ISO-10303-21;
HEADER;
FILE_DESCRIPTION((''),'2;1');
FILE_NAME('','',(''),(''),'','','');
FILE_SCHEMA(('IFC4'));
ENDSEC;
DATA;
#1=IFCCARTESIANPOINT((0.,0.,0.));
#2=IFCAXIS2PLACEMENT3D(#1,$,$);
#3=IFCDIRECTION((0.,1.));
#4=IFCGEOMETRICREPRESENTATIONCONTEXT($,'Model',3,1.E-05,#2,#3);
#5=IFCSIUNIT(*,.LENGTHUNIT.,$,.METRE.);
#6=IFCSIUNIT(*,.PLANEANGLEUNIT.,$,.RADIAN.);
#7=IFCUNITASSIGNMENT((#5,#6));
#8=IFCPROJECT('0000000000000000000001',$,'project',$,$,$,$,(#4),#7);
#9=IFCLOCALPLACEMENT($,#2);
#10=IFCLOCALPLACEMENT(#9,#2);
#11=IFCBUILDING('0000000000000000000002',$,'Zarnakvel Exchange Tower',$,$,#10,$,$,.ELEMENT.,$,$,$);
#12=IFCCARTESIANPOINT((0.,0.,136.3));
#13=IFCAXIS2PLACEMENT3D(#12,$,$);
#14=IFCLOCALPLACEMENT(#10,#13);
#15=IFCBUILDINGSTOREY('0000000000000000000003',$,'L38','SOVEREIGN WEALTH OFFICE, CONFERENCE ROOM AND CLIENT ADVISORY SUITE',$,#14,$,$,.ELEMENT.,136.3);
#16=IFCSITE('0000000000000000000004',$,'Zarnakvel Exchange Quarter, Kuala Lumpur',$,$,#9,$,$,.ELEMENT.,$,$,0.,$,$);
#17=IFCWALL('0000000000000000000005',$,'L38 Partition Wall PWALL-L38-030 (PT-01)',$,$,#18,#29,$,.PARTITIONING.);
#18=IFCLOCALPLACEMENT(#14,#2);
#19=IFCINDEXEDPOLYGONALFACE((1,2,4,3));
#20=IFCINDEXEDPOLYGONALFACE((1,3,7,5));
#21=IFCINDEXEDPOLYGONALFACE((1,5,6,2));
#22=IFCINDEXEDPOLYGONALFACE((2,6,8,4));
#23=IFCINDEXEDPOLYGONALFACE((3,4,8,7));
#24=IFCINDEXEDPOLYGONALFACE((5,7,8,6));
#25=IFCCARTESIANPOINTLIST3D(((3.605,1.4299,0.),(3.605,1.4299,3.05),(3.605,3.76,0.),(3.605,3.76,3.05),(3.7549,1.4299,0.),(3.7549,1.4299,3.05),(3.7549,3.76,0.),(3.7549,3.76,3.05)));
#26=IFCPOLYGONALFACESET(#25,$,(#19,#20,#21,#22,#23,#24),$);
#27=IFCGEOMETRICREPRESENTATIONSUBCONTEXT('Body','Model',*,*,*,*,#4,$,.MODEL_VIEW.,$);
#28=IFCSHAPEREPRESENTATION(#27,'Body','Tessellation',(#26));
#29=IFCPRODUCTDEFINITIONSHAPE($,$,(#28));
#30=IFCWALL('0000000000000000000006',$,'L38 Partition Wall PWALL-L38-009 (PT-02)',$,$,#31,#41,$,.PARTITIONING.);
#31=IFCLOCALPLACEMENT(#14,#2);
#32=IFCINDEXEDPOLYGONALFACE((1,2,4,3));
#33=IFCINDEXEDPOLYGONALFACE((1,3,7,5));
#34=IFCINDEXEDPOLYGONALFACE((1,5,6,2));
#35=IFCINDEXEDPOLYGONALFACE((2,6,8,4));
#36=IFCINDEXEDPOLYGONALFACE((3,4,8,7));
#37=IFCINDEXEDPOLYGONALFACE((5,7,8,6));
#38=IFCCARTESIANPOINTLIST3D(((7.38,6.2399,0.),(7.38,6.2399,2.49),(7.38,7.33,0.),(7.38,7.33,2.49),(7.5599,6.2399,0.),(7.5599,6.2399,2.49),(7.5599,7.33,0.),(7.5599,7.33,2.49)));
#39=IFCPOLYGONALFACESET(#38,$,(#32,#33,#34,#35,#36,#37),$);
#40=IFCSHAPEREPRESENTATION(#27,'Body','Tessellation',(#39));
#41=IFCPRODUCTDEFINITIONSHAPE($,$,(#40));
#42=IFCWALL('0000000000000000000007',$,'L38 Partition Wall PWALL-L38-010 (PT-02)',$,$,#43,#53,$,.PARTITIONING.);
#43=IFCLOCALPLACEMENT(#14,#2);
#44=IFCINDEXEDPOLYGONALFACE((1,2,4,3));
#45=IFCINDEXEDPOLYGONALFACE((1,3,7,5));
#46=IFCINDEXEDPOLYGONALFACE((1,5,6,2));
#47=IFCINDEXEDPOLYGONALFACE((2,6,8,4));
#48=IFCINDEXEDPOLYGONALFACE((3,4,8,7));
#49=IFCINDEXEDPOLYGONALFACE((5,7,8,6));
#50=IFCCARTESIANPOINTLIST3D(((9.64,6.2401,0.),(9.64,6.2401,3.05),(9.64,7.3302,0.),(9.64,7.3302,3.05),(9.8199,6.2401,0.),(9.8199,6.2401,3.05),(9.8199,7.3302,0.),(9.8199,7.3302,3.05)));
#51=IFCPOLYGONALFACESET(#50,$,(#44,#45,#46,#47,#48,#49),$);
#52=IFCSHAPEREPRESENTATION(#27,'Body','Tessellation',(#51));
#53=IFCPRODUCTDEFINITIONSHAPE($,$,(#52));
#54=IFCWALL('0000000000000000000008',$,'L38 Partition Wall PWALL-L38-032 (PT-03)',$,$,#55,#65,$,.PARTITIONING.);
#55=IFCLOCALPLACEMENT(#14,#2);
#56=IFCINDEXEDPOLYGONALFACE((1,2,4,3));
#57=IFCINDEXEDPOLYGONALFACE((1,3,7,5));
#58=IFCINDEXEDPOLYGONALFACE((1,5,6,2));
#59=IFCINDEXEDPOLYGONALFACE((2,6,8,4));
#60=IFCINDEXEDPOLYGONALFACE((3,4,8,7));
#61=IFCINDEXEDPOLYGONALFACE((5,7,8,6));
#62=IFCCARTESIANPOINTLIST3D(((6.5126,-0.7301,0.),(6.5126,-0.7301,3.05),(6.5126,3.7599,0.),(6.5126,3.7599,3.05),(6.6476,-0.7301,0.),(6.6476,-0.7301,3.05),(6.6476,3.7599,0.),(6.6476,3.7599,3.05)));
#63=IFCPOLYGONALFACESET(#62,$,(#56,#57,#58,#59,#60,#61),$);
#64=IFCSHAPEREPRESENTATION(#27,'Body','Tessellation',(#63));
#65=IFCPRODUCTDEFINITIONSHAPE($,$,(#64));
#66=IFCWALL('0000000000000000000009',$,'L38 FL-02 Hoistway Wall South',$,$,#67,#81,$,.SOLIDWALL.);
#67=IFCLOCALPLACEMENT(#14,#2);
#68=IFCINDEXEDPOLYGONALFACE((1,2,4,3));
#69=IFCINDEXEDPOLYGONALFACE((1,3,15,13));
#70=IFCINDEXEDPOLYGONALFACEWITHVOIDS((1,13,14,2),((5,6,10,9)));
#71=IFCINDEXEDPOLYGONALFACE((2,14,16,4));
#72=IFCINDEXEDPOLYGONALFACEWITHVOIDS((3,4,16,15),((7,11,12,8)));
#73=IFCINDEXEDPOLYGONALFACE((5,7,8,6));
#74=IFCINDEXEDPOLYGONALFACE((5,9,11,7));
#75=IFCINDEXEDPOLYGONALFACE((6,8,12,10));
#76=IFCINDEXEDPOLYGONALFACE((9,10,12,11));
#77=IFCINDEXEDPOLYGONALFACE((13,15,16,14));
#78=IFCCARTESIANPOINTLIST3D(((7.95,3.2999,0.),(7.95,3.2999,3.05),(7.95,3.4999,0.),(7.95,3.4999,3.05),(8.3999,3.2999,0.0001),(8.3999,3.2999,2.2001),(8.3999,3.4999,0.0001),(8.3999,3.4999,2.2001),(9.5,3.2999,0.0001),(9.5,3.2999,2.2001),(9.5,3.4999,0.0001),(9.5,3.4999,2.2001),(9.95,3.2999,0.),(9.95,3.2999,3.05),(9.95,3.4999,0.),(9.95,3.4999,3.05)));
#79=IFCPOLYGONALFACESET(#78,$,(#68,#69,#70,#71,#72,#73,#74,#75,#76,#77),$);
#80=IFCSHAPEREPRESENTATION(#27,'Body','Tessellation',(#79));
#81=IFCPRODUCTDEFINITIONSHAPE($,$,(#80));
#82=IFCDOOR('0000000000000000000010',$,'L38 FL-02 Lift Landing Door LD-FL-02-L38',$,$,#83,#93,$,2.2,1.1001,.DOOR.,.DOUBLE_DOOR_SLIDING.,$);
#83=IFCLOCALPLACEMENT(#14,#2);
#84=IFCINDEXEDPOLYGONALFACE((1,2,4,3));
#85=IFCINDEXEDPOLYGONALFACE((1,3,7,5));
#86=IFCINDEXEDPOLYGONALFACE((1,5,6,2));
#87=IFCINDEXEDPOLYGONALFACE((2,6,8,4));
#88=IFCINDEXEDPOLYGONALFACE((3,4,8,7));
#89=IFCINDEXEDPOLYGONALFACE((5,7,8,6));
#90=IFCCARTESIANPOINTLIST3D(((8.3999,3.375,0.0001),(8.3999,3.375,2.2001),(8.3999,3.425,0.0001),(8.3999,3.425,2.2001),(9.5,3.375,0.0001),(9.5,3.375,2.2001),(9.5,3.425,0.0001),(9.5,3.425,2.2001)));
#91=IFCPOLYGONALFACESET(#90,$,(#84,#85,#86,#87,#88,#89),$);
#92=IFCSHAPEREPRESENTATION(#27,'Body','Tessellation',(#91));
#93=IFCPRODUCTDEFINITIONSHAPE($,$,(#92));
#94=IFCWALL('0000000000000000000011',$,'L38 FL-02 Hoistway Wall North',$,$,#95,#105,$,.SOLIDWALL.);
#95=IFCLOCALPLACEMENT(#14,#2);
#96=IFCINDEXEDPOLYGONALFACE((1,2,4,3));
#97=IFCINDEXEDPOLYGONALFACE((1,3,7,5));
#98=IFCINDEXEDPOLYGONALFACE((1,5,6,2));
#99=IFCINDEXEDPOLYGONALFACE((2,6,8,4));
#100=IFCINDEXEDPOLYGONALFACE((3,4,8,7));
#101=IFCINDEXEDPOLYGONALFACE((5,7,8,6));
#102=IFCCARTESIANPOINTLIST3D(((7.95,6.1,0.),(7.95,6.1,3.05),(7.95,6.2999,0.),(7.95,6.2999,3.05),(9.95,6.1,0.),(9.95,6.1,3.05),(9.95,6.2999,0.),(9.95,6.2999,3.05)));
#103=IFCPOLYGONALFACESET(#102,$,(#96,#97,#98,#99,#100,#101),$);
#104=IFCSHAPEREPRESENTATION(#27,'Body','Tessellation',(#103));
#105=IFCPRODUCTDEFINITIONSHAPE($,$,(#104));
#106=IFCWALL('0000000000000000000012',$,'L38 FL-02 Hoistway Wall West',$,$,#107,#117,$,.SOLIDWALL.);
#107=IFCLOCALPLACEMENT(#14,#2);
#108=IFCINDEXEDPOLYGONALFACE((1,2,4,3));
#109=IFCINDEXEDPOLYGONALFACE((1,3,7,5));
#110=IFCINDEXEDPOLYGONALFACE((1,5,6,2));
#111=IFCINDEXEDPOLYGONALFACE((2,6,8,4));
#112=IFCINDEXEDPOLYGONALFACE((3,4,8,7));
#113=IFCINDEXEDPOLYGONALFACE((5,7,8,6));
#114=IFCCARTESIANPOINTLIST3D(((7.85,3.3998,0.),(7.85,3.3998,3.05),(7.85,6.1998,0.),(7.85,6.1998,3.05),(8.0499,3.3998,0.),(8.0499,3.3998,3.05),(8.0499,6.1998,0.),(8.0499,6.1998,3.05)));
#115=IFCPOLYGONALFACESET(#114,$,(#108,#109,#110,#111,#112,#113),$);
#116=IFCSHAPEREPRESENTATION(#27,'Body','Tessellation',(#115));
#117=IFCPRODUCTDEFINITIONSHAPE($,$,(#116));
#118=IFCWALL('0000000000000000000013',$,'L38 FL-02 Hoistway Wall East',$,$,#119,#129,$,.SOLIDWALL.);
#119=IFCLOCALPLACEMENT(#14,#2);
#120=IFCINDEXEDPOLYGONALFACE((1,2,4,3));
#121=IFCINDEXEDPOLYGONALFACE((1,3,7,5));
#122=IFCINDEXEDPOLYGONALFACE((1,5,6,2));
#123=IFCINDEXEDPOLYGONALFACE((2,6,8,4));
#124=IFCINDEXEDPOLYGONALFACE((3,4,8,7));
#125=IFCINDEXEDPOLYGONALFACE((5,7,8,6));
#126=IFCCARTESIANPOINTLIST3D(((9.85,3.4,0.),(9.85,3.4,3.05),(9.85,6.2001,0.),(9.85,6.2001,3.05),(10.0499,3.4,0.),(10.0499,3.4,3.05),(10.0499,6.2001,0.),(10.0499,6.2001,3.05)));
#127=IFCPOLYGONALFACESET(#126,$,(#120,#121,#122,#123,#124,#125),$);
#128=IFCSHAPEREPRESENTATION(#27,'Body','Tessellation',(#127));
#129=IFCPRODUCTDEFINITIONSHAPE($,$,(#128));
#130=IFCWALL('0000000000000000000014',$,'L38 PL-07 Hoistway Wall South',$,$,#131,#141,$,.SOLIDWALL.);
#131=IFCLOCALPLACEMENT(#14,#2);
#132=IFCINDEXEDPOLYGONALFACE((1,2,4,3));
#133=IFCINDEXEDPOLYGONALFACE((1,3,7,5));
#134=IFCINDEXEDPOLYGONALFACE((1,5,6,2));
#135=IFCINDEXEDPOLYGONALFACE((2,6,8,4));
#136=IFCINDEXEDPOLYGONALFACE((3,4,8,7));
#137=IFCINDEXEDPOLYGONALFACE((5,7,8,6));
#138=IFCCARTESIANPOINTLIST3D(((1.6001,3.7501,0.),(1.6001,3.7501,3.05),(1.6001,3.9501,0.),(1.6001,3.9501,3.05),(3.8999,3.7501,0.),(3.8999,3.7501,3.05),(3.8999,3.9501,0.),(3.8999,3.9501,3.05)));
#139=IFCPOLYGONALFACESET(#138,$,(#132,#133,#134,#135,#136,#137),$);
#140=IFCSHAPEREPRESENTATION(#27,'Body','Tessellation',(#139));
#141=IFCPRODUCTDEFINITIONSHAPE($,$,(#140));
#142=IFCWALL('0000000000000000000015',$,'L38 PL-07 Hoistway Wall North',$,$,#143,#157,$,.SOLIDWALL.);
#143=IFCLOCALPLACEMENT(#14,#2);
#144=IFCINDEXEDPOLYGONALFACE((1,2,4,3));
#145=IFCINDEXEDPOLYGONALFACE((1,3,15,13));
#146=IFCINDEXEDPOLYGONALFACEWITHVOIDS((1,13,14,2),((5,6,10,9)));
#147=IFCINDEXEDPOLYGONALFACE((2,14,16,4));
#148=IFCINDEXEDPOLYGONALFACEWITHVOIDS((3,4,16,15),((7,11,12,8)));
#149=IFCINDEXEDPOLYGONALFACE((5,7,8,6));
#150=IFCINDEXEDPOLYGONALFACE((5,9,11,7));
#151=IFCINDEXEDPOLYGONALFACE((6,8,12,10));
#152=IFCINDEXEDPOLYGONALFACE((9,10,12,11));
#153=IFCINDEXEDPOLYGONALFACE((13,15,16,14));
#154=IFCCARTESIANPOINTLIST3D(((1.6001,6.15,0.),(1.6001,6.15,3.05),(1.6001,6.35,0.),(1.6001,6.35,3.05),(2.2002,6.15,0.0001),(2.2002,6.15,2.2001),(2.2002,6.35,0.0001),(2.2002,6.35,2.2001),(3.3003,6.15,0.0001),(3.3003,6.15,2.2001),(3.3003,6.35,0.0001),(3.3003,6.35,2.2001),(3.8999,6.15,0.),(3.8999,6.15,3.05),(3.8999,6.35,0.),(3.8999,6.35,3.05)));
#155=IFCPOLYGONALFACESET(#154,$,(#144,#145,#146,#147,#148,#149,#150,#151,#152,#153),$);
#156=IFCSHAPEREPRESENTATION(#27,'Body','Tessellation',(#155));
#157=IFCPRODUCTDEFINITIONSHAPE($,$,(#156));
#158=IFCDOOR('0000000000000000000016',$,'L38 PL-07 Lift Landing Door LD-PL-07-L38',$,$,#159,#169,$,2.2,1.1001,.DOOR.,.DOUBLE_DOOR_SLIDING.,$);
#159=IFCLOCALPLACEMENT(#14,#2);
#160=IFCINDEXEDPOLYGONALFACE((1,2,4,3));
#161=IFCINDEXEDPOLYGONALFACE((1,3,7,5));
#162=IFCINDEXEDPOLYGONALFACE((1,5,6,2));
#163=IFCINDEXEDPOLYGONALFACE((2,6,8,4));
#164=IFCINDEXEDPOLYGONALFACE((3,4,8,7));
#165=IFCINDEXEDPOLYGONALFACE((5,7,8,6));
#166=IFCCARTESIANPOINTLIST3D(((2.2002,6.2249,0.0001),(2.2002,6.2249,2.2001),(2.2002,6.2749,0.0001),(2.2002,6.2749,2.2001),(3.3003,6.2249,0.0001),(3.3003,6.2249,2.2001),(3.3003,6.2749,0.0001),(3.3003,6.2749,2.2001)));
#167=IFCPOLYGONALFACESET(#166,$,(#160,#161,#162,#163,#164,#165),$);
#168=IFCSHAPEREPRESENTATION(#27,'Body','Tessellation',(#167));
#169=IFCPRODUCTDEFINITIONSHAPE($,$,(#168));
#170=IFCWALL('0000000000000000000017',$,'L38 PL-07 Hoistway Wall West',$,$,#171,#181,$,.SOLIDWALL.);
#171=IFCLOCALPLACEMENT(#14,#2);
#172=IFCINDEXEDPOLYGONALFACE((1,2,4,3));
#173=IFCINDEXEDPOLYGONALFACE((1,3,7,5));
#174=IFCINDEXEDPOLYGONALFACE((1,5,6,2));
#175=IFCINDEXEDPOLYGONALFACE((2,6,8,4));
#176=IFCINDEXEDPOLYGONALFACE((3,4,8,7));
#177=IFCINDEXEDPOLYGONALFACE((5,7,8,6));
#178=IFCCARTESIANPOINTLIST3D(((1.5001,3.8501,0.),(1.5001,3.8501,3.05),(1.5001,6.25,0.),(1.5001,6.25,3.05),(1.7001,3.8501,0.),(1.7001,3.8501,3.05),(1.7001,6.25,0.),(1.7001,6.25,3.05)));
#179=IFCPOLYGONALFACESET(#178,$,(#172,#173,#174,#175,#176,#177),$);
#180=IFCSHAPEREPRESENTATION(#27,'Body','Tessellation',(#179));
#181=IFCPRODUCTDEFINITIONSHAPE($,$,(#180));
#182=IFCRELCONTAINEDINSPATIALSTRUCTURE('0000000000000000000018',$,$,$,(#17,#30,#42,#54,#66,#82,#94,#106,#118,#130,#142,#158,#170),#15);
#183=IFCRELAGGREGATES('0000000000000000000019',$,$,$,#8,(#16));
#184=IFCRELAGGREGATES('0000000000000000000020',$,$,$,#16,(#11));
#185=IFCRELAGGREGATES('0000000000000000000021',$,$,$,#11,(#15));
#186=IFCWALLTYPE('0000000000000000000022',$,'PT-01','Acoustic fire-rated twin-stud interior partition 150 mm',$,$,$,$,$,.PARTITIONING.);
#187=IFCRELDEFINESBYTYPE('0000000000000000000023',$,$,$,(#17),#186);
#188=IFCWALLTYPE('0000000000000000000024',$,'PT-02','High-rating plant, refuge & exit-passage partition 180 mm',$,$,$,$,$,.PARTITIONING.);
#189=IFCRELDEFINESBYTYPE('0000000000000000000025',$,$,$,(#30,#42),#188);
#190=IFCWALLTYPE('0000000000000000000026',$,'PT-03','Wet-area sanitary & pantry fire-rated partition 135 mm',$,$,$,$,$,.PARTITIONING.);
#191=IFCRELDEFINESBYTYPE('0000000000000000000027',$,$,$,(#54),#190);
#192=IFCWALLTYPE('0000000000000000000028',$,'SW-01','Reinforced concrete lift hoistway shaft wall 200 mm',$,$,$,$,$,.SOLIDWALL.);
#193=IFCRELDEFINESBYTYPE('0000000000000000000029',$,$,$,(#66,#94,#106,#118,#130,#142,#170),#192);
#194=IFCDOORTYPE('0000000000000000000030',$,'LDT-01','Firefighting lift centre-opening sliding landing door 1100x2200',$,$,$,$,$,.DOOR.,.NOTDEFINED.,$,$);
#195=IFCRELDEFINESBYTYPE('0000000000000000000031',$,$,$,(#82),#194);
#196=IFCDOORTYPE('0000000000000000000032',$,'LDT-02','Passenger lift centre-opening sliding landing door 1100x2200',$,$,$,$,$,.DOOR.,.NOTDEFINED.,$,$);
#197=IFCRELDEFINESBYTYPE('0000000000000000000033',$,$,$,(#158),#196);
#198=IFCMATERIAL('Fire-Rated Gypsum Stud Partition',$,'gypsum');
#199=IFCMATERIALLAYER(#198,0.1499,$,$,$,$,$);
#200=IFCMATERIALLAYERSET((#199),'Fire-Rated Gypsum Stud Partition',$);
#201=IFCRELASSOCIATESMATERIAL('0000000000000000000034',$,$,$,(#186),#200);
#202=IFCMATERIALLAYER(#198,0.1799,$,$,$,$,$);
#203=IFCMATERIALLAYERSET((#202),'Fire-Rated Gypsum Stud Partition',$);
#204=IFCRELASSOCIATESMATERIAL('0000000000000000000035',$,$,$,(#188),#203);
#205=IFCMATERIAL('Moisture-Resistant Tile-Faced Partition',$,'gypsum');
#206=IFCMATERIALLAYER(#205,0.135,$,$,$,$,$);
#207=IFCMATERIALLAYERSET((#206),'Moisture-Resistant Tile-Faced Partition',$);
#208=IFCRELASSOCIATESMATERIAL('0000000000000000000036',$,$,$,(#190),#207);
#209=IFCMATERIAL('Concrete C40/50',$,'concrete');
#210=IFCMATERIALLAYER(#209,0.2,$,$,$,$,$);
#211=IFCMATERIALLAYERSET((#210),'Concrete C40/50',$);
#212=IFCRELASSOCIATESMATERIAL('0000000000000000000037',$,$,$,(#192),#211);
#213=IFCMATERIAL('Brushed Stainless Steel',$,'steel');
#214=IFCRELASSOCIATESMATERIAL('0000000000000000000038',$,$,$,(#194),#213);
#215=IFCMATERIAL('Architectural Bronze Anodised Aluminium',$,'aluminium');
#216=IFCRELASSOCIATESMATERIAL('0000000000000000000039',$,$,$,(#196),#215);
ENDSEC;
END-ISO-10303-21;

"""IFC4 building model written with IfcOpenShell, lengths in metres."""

from ifc_helpers import new_model, si_unit, direction, frame, frame_2d, origin, place, context, subcontext, project, spatial, rectangle, extrude, source, transform, mapped, material, layer, layer_set, type_object, element, fill, save


model = new_model("IFC4")

# Units and contexts
model_context = context("Model", 3, precision=1e-05, world=origin(), true_north=direction((0.0, 1.0)))
body_context = subcontext(model_context, "Body", "Model", "MODEL_VIEW")
ifc_project = project(units=[si_unit("LENGTHUNIT", "METRE"), si_unit("PLANEANGLEUNIT", "RADIAN")], contexts=[model_context])

# Site, building, storey
site_placement = place(None, origin())
site = spatial("IfcSite", under=ifc_project, at=site_placement, Name="Zarnakvel Exchange Quarter, Kuala Lumpur", CompositionType="ELEMENT", RefElevation=0.0)
building_placement = place(site_placement, origin())
building = spatial("IfcBuilding", under=site, at=building_placement, Name="Zarnakvel Exchange Tower", CompositionType="ELEMENT")
storey_placement = place(building_placement, frame((0.0, 0.0, 136.3)))
storey = spatial("IfcBuildingStorey", under=building, at=storey_placement, Name="L38", Description="SOVEREIGN WEALTH OFFICE, CONFERENCE ROOM AND CLIENT ADVISORY SUITE", CompositionType="ELEMENT", Elevation=136.3)

# Walls
ifc_material_1 = material(Name="Fire-Rated Gypsum Stud Partition", Category="gypsum")
ifc_layer_1 = layer(ifc_material_1, 0.1499)
ifc_layer_set_1 = layer_set([ifc_layer_1], Name="Fire-Rated Gypsum Stud Partition")
wall_type_1 = type_object("IfcWallType", Name="PT-01", Description="Acoustic fire-rated twin-stud interior partition 150 mm", PredefinedType="PARTITIONING", material=ifc_layer_set_1)
wall_1_placement = place(storey_placement, frame((3.6799, 3.76, 0.0), z_axis=(0.0, 0.0, 1.0), x_axis=(0.0, -1.0, 0.0)))
element("IfcWall", 1, at=wall_1_placement, inside=storey, type_object=wall_type_1, Name="L38 Partition Wall PWALL-L38-030 (PT-01)", PredefinedType="PARTITIONING", context=body_context, shape_type="SweptSolid", body=[
    extrude(rectangle(XDim=2.3301, YDim=0.1499, at=frame_2d((1.165, 0.0))), origin(), (0.0, 0.0, 1.0), 3.05),
])
ifc_layer_2 = layer(ifc_material_1, 0.1799)
ifc_layer_set_2 = layer_set([ifc_layer_2], Name="Fire-Rated Gypsum Stud Partition")
wall_type_2 = type_object("IfcWallType", Name="PT-02", Description="High-rating plant, refuge & exit-passage partition 180 mm", PredefinedType="PARTITIONING", material=ifc_layer_set_2)
wall_2_placement = place(storey_placement, frame((7.47, 6.24, 0.0), z_axis=(0.0, 0.0, 1.0), x_axis=(0.0, 1.0, 0.0)))
element("IfcWall", 2, at=wall_2_placement, inside=storey, type_object=wall_type_2, Name="L38 Partition Wall PWALL-L38-009 (PT-02)", PredefinedType="PARTITIONING", context=body_context, shape_type="SweptSolid", body=[
    extrude(rectangle(XDim=1.0901, YDim=0.1799, at=frame_2d((0.5449, 0.0))), origin(), (0.0, 0.0, 1.0), 2.49),
])
wall_3_placement = place(storey_placement, frame((9.73, 7.3301, 0.0), z_axis=(0.0, 0.0, 1.0), x_axis=(0.0, -1.0, 0.0)))
element("IfcWall", 3, at=wall_3_placement, inside=storey, type_object=wall_type_2, Name="L38 Partition Wall PWALL-L38-010 (PT-02)", PredefinedType="PARTITIONING", context=body_context, shape_type="SweptSolid", body=[
    extrude(rectangle(XDim=1.0901, YDim=0.1799, at=frame_2d((0.5449, 0.0))), origin(), (0.0, 0.0, 1.0), 3.05),
])
ifc_material_2 = material(Name="Moisture-Resistant Tile-Faced Partition", Category="gypsum")
ifc_layer_3 = layer(ifc_material_2, 0.135)
ifc_layer_set_3 = layer_set([ifc_layer_3], Name="Moisture-Resistant Tile-Faced Partition")
wall_type_3 = type_object("IfcWallType", Name="PT-03", Description="Wet-area sanitary & pantry fire-rated partition 135 mm", PredefinedType="PARTITIONING", material=ifc_layer_set_3)
wall_4_placement = place(storey_placement, frame((6.5801, 3.76, 0.0), z_axis=(0.0, 0.0, 1.0), x_axis=(0.0, -1.0, 0.0)))
element("IfcWall", 4, at=wall_4_placement, inside=storey, type_object=wall_type_3, Name="L38 Partition Wall PWALL-L38-032 (PT-03)", PredefinedType="PARTITIONING", context=body_context, shape_type="SweptSolid", body=[
    extrude(rectangle(XDim=4.49, YDim=0.135, at=frame_2d((2.2451, 0.0))), origin(), (0.0, 0.0, 1.0), 3.05),
])

# Wall, opening, door
ifc_material_3 = material(Name="Concrete C40/50", Category="concrete")
ifc_layer_4 = layer(ifc_material_3, 0.2)
ifc_layer_set_4 = layer_set([ifc_layer_4], Name="Concrete C40/50")
wall_type_4 = type_object("IfcWallType", Name="SW-01", Description="Reinforced concrete lift hoistway shaft wall 200 mm", PredefinedType="SOLIDWALL", material=ifc_layer_set_4)
wall_5_placement = place(storey_placement, frame((9.95, 3.3999, 0.0), z_axis=(0.0, 0.0, 1.0), x_axis=(-1.0, 0.0, 0.0)))
wall_5 = element("IfcWall", 5, at=wall_5_placement, inside=storey, type_object=wall_type_4, Name="L38 FL-02 Hoistway Wall South", PredefinedType="SOLIDWALL", context=body_context, shape_type="SweptSolid", body=[
    extrude(rectangle(XDim=2.0, YDim=0.2, at=frame_2d((1.0, 0.0))), origin(), (0.0, 0.0, 1.0), 3.05),
])
opening_1_placement = place(wall_5_placement, frame((0.45, 0.0, 0.0)))
opening_1 = element("IfcOpeningElement", 6, at=opening_1_placement, cuts=wall_5, PredefinedType="OPENING", context=body_context, shape_type="SweptSolid", body=[
    extrude(rectangle(XDim=1.1001, YDim=2.2, at=frame_2d((0.55, 1.1001))), frame((0.0, 0.1099, 0.0), z_axis=(0.0, -1.0, 0.0), x_axis=(1.0, 0.0, 0.0)), (0.0, 0.0, 1.0), 0.22),
])
ifc_material_4 = material(Name="Brushed Stainless Steel", Category="steel")
door_type_1 = type_object("IfcDoorType", Name="LDT-01", Description="Firefighting lift centre-opening sliding landing door 1100x2200", OperationType="NOTDEFINED", PredefinedType="DOOR", material=ifc_material_4)
shared_shape = source(origin(), body_context, "Body", "SweptSolid", [
    extrude(rectangle(XDim=1.1001, YDim=2.2, at=frame_2d((0.55, 1.1001))), frame((0.0, 0.0249, 0.0), z_axis=(0.0, -1.0, 0.0), x_axis=(1.0, 0.0, 0.0)), (0.0, 0.0, 1.0), 0.05),
])
door_1_placement = place(opening_1_placement, origin())
door_1 = element("IfcDoor", 7, at=door_1_placement, inside=storey, type_object=door_type_1, Name="L38 FL-02 Lift Landing Door LD-FL-02-L38", OperationType="DOUBLE_DOOR_SLIDING", OverallHeight=2.2, OverallWidth=1.1001, PredefinedType="DOOR", context=body_context, shape_type="MappedRepresentation", body=[
    mapped(shared_shape, transform((0.0, 0.0, 0.0), x_axis=(1.0, 0.0, 0.0), y_axis=(0.0, 1.0, 0.0), z_axis=(0.0, 0.0, 1.0), scale=1.0)),
])
fill(opening_1, door_1)

# Walls
wall_6_placement = place(storey_placement, frame((7.95, 6.2, 0.0), z_axis=(0.0, 0.0, 1.0), x_axis=(1.0, 0.0, 0.0)))
element("IfcWall", 8, at=wall_6_placement, inside=storey, type_object=wall_type_4, Name="L38 FL-02 Hoistway Wall North", PredefinedType="SOLIDWALL", context=body_context, shape_type="SweptSolid", body=[
    extrude(rectangle(XDim=2.0, YDim=0.2, at=frame_2d((1.0, 0.0))), origin(), (0.0, 0.0, 1.0), 3.05),
])
for number, where, z_axis, x_axis, name in (
    (9, (7.95, 3.3999, 0.0), (0.0, 0.0, 1.0), (0.0, 1.0, 0.0), "L38 FL-02 Hoistway Wall West"),
    (10, (9.95, 6.2, 0.0), (0.0, 0.0, 1.0), (0.0, -1.0, 0.0), "L38 FL-02 Hoistway Wall East"),
):
    element("IfcWall", number, at=place(storey_placement, frame(where, z_axis=z_axis, x_axis=x_axis)), inside=storey, type_object=wall_type_4, Name=name, PredefinedType="SOLIDWALL", context=body_context, shape_type="SweptSolid", body=[
        extrude(rectangle(XDim=2.8, YDim=0.2, at=frame_2d((1.3999, 0.0))), origin(), (0.0, 0.0, 1.0), 3.05),
    ])
wall_7_placement = place(storey_placement, frame((3.8999, 3.8501, 0.0), z_axis=(0.0, 0.0, 1.0), x_axis=(-1.0, 0.0, 0.0)))
element("IfcWall", 11, at=wall_7_placement, inside=storey, type_object=wall_type_4, Name="L38 PL-07 Hoistway Wall South", PredefinedType="SOLIDWALL", context=body_context, shape_type="SweptSolid", body=[
    extrude(rectangle(XDim=2.2998, YDim=0.2, at=frame_2d((1.1499, 0.0))), origin(), (0.0, 0.0, 1.0), 3.05),
])

# Wall, opening, door
wall_8_placement = place(storey_placement, frame((1.6001, 6.25, 0.0), z_axis=(0.0, 0.0, 1.0), x_axis=(1.0, 0.0, 0.0)))
wall_8 = element("IfcWall", 12, at=wall_8_placement, inside=storey, type_object=wall_type_4, Name="L38 PL-07 Hoistway Wall North", PredefinedType="SOLIDWALL", context=body_context, shape_type="SweptSolid", body=[
    extrude(rectangle(XDim=2.2998, YDim=0.2, at=frame_2d((1.1499, 0.0))), origin(), (0.0, 0.0, 1.0), 3.05),
])
opening_2_placement = place(wall_8_placement, frame((0.6001, 0.0, 0.0)))
opening_2 = element("IfcOpeningElement", 13, at=opening_2_placement, cuts=wall_8, PredefinedType="OPENING", context=body_context, shape_type="SweptSolid", body=[
    extrude(rectangle(XDim=1.1001, YDim=2.2, at=frame_2d((0.55, 1.1001))), frame((0.0, 0.1099, 0.0), z_axis=(0.0, -1.0, 0.0), x_axis=(1.0, 0.0, 0.0)), (0.0, 0.0, 1.0), 0.22),
])
ifc_material_5 = material(Name="Architectural Bronze Anodised Aluminium", Category="aluminium")
door_type_2 = type_object("IfcDoorType", Name="LDT-02", Description="Passenger lift centre-opening sliding landing door 1100x2200", OperationType="NOTDEFINED", PredefinedType="DOOR", material=ifc_material_5)
door_2_placement = place(opening_2_placement, origin())
door_2 = element("IfcDoor", 14, at=door_2_placement, inside=storey, type_object=door_type_2, Name="L38 PL-07 Lift Landing Door LD-PL-07-L38", OperationType="DOUBLE_DOOR_SLIDING", OverallHeight=2.2, OverallWidth=1.1001, PredefinedType="DOOR", context=body_context, shape_type="MappedRepresentation", body=[
    mapped(shared_shape, transform((0.0, 0.0, 0.0), x_axis=(1.0, 0.0, 0.0), y_axis=(0.0, 1.0, 0.0), z_axis=(0.0, 0.0, 1.0), scale=1.0)),
])
fill(opening_2, door_2)

# Wall
for number, where, z_axis, x_axis, name in (
    (15, (1.6001, 3.8501, 0.0), (0.0, 0.0, 1.0), (0.0, 1.0, 0.0), "L38 PL-07 Hoistway Wall West"),
):
    element("IfcWall", number, at=place(storey_placement, frame(where, z_axis=z_axis, x_axis=x_axis)), inside=storey, type_object=wall_type_4, Name=name, PredefinedType="SOLIDWALL", context=body_context, shape_type="SweptSolid", body=[
        extrude(rectangle(XDim=2.3999, YDim=0.2, at=frame_2d((1.2, 0.0))), origin(), (0.0, 0.0, 1.0), 3.05),
    ])

save(model, "model.ifc")
